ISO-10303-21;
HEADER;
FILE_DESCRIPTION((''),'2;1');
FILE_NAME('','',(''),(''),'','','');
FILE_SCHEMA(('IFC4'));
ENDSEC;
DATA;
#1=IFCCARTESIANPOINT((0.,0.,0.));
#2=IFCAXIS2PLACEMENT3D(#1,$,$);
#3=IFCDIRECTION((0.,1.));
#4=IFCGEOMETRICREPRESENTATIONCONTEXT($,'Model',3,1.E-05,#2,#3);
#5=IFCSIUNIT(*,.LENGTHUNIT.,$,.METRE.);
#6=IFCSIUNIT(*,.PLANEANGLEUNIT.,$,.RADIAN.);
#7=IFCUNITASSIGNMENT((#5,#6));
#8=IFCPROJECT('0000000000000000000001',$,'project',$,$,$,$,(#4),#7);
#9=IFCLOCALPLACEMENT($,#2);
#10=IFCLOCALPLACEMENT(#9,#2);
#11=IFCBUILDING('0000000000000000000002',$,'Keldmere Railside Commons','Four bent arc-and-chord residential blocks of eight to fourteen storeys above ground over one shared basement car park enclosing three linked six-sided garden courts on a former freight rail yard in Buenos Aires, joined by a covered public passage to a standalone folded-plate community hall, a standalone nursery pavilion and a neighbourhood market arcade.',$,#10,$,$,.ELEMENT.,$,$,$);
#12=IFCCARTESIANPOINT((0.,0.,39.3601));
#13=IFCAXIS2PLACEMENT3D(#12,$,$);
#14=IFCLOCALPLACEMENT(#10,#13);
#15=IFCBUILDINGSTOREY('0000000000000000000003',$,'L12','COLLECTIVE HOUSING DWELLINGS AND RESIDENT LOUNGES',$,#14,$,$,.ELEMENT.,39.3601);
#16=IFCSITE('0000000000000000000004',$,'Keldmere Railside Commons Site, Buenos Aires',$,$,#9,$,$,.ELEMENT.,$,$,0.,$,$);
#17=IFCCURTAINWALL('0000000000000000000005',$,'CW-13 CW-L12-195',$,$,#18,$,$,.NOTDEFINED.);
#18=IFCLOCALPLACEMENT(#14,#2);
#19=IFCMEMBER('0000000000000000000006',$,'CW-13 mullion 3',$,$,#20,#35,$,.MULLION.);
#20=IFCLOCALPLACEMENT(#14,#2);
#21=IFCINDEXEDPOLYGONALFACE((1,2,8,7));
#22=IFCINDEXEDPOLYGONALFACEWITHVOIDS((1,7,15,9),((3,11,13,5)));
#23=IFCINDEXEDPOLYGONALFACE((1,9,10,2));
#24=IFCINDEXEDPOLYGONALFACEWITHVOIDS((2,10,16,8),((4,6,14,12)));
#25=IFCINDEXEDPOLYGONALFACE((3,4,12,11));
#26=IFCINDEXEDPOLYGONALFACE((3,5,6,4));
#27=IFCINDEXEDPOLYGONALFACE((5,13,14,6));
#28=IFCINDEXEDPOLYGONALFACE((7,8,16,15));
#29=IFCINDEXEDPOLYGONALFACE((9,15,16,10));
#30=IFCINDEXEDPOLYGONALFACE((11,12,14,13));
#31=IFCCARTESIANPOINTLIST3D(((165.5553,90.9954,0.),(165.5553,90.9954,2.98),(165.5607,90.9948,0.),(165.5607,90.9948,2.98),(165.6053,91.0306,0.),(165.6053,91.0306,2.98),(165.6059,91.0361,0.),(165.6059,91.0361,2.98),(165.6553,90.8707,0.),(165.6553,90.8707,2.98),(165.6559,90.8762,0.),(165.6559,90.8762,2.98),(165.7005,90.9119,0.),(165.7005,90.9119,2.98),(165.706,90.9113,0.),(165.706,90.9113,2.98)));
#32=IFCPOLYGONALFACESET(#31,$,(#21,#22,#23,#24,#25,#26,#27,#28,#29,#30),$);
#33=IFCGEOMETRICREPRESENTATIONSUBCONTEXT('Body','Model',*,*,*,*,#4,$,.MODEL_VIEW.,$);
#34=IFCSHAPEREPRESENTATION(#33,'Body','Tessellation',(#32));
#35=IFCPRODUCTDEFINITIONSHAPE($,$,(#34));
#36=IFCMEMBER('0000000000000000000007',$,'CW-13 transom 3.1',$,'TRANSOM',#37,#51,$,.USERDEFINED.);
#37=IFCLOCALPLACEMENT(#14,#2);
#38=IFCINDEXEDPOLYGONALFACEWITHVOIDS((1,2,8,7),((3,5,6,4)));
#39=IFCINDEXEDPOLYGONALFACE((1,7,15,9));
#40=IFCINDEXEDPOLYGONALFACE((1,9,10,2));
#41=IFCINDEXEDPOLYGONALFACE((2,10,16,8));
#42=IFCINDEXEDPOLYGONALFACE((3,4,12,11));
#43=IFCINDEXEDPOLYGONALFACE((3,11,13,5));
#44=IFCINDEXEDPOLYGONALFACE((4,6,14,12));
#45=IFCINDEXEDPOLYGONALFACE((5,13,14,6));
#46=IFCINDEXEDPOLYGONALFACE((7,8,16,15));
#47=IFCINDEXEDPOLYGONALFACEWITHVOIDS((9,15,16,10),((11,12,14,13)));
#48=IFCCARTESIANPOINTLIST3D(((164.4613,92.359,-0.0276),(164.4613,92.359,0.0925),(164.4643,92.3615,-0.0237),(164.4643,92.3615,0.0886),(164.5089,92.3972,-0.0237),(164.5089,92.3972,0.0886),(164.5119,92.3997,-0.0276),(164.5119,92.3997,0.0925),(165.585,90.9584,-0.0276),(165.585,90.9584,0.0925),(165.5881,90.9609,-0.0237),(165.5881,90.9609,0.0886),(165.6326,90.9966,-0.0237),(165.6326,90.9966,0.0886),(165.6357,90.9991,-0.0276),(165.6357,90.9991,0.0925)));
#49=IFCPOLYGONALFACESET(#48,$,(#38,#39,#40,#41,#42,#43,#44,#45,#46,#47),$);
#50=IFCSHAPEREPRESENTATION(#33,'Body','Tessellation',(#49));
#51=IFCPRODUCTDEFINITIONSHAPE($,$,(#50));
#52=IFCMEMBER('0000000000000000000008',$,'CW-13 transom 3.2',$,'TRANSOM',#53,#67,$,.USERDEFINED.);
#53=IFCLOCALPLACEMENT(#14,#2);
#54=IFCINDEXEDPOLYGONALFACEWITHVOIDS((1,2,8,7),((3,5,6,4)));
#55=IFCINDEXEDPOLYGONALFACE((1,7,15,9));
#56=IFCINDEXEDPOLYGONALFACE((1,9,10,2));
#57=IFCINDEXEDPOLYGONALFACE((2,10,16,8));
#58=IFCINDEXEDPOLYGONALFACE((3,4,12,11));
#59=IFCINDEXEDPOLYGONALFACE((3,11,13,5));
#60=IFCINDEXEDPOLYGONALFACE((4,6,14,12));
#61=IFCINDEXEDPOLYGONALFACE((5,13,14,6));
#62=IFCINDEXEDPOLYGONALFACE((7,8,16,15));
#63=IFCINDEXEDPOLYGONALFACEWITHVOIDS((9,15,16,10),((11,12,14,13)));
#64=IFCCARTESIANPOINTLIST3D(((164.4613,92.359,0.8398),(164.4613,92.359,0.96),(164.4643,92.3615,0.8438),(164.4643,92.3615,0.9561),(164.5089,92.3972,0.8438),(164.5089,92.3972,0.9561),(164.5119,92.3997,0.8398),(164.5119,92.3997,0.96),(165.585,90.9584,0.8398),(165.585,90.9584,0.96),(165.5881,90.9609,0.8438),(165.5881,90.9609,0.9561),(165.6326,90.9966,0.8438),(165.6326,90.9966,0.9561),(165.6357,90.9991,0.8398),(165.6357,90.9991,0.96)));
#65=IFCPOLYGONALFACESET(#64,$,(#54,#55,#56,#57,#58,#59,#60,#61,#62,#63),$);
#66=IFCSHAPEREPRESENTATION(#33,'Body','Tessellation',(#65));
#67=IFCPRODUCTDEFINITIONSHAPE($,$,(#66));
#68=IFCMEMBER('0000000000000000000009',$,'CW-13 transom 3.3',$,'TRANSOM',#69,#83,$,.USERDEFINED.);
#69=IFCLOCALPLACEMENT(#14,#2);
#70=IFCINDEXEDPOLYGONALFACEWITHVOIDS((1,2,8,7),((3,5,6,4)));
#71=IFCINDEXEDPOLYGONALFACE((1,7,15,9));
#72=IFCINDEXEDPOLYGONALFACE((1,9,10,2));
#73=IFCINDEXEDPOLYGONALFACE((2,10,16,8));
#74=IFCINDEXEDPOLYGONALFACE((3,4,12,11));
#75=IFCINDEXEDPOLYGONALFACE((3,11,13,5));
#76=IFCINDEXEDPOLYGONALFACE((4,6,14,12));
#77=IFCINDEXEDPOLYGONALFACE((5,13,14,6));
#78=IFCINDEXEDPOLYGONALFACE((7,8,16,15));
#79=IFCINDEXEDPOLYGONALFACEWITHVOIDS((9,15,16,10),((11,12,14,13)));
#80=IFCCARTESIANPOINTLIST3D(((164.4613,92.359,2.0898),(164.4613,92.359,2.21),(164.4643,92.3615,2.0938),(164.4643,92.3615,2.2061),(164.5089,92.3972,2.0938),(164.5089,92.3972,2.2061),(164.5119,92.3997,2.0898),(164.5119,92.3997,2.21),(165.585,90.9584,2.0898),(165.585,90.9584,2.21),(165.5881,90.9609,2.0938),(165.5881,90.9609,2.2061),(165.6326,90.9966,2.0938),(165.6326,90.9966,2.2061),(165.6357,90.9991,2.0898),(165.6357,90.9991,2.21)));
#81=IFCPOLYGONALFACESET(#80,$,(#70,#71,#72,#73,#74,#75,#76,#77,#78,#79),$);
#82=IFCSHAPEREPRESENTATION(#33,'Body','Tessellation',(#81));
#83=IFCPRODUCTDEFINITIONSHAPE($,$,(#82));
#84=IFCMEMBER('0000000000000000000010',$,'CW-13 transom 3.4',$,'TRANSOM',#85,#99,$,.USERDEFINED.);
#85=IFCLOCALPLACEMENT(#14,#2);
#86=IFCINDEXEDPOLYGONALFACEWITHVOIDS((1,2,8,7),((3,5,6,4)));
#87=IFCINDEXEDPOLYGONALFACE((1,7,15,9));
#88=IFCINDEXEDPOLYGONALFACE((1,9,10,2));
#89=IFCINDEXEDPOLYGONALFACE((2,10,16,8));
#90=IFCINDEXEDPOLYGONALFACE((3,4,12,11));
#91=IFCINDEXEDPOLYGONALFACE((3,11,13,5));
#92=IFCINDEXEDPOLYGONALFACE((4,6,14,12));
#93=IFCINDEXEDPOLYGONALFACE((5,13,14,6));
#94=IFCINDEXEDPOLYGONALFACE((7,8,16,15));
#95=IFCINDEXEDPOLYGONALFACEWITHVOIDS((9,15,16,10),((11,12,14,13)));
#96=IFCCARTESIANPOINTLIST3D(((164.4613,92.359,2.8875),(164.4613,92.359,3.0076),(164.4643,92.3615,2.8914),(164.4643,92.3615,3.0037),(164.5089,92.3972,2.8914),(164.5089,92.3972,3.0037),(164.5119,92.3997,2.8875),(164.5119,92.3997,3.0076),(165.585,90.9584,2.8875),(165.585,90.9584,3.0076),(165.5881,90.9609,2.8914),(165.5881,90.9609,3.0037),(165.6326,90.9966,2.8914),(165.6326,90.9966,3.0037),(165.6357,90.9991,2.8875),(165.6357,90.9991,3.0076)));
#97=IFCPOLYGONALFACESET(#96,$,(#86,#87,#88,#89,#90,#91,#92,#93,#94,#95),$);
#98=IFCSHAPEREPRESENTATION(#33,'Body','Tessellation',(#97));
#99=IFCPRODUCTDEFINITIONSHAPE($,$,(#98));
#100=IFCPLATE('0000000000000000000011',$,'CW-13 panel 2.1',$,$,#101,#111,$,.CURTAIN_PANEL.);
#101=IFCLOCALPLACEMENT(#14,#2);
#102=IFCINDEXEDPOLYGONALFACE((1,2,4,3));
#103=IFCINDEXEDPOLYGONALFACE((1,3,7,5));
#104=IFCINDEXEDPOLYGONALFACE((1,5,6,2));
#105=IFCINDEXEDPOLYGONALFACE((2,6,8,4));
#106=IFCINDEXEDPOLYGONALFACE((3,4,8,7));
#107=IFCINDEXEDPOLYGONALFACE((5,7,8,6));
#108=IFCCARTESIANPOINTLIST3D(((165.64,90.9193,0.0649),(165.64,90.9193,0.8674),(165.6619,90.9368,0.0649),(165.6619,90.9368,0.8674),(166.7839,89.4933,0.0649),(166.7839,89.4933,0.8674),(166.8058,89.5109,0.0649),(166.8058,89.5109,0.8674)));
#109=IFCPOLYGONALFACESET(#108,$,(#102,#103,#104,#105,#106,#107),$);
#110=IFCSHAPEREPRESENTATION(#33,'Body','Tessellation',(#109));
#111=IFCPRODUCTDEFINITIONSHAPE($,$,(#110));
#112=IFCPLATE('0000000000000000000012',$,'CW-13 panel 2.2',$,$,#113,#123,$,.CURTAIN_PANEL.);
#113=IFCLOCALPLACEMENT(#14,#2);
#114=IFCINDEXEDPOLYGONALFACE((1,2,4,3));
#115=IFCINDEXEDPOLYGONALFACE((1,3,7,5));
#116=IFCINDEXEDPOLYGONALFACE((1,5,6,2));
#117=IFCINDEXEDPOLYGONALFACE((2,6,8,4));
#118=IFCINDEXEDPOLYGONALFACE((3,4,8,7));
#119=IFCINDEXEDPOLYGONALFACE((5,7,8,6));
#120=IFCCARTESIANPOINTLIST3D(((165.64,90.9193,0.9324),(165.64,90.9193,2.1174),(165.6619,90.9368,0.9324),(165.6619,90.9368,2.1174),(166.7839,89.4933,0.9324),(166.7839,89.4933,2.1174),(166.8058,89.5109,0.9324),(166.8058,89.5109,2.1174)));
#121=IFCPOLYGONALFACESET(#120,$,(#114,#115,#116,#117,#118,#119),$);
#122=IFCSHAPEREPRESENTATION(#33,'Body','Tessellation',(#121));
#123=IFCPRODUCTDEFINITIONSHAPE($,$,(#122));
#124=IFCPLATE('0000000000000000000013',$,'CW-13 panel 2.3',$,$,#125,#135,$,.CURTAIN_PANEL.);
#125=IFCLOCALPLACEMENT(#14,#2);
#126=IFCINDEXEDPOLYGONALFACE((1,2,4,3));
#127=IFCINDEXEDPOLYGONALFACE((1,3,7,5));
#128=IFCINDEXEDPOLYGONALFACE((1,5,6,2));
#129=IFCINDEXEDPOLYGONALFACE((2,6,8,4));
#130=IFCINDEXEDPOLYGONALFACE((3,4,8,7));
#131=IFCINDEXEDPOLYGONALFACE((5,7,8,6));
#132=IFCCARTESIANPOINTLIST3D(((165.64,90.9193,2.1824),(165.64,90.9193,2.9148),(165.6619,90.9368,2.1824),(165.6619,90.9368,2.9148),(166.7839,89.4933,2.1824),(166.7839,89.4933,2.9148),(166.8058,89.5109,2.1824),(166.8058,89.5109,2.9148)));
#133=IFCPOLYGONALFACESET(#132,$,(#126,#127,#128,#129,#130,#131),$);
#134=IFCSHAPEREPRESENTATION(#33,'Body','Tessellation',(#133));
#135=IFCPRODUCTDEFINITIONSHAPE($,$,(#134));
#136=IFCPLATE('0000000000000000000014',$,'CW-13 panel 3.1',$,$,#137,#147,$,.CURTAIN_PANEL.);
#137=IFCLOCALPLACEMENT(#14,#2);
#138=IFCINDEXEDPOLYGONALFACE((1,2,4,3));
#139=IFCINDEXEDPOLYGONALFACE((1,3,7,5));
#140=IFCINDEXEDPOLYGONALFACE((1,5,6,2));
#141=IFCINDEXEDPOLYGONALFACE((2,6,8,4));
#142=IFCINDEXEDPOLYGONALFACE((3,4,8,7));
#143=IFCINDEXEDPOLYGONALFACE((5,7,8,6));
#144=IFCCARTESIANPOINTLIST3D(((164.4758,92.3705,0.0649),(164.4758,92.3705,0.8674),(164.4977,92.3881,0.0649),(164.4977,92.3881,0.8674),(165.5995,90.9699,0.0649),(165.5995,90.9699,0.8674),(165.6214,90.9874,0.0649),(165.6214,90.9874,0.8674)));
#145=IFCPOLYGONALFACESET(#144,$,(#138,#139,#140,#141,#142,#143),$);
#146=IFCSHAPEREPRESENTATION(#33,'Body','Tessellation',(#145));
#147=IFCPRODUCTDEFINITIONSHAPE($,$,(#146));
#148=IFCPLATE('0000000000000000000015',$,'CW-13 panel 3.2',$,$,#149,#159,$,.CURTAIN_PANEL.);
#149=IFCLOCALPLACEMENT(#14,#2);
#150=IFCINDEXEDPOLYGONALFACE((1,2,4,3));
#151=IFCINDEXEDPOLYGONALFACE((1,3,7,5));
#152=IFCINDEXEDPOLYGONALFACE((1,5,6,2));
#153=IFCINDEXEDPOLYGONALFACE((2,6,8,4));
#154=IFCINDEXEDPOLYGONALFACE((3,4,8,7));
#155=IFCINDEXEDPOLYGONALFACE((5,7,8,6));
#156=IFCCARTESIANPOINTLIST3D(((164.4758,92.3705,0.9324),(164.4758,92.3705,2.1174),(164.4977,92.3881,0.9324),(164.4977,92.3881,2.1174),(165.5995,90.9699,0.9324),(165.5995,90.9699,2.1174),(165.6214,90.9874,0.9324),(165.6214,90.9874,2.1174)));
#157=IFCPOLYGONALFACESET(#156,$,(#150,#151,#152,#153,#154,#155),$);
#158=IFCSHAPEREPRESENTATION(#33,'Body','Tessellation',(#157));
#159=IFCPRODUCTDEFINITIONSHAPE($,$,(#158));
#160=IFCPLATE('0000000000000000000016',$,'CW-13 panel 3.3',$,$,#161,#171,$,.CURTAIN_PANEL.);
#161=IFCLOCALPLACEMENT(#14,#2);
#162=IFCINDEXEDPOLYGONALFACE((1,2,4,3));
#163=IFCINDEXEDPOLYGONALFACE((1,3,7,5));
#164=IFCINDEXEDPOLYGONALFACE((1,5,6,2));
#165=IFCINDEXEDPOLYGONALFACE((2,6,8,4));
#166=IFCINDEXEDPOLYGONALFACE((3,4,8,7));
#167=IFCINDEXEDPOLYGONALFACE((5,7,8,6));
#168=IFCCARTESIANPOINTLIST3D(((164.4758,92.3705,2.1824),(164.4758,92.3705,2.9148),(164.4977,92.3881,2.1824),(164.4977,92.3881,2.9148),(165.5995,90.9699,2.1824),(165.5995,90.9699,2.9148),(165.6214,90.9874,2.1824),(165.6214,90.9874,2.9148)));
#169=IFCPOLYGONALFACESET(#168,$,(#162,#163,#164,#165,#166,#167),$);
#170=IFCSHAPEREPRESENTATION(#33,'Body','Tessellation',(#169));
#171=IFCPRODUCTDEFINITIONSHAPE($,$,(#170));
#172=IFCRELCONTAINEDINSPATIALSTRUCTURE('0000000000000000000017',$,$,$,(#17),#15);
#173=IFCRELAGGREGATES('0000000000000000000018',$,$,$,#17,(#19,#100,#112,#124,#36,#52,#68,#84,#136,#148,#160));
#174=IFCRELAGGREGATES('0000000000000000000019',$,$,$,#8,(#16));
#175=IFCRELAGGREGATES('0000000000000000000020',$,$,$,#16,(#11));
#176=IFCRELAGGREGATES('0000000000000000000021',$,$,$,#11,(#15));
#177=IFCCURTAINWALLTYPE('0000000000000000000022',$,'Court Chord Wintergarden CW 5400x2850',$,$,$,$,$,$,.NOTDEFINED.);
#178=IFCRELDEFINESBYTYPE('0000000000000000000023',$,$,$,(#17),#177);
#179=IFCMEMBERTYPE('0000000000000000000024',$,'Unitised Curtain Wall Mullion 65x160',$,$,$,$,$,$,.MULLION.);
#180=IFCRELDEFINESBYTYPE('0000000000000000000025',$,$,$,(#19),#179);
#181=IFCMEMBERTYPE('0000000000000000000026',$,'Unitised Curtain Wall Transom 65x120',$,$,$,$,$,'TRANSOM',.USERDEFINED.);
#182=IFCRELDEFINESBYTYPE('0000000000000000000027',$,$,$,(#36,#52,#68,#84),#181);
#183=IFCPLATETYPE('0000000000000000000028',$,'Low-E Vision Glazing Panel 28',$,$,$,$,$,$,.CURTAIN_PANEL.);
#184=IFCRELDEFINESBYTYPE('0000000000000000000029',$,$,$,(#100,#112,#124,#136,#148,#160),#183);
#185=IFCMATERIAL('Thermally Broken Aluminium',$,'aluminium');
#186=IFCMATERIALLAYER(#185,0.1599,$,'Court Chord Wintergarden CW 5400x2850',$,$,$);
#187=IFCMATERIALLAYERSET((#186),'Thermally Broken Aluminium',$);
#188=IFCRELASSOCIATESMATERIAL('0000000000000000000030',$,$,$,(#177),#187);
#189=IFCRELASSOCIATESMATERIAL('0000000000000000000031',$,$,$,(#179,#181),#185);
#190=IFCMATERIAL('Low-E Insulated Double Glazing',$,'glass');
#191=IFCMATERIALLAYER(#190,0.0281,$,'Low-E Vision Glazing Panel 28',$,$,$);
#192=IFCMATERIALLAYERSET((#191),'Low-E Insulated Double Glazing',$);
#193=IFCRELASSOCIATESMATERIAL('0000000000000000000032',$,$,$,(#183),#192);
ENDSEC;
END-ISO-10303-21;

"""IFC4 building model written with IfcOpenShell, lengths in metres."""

from ifc_helpers import new_model, si_unit, direction, frame, origin, origin_2d, place, context, subcontext, project, spatial, rectangle, hollow_rectangle, extrude, material, layer, layer_set, material_profile, profile_set, type_object, element, aggregate, save


model = new_model("IFC4")

# Units and contexts
model_context = context("Model", 3, precision=1e-05, world=origin(), true_north=direction((0.0, 1.0)))
body_context = subcontext(model_context, "Body", "Model", "MODEL_VIEW")
ifc_project = project(units=[si_unit("LENGTHUNIT", "METRE"), si_unit("PLANEANGLEUNIT", "RADIAN")], contexts=[model_context])

# Site, building, storey
site_placement = place(None, origin())
site = spatial("IfcSite", under=ifc_project, at=site_placement, Name="Keldmere Railside Commons Site, Buenos Aires", CompositionType="ELEMENT", RefElevation=0.0)
building_placement = place(site_placement, origin())
building = spatial("IfcBuilding", under=site, at=building_placement, Name="Keldmere Railside Commons", Description="Four bent arc-and-chord residential blocks of eight to fourteen storeys above ground over one shared basement car park enclosing three linked six-sided garden courts on a former freight rail yard in Buenos Aires, joined by a covered public passage to a standalone folded-plate community hall, a standalone nursery pavilion and a neighbourhood market arcade.", CompositionType="ELEMENT")
storey_placement = place(building_placement, frame((0.0, 0.0, 39.3601)))
storey = spatial("IfcBuildingStorey", under=building, at=storey_placement, Name="L12", Description="COLLECTIVE HOUSING DWELLINGS AND RESIDENT LOUNGES", CompositionType="ELEMENT", Elevation=39.3601)

# Curtain wall, members, plates
ifc_material_1 = material(Name="Thermally Broken Aluminium", Category="aluminium")
ifc_layer_1 = layer(ifc_material_1, 0.1599, Name="Court Chord Wintergarden CW 5400x2850")
ifc_layer_set_1 = layer_set([ifc_layer_1], Name="Thermally Broken Aluminium")
curtain_wall_type = type_object("IfcCurtainWallType", Name="Court Chord Wintergarden CW 5400x2850", PredefinedType="NOTDEFINED", material=ifc_layer_set_1)
curtain_wall_placement = place(storey_placement, origin())
curtain_wall = element("IfcCurtainWall", 1, at=curtain_wall_placement, inside=storey, type_object=curtain_wall_type, Name="CW-13 CW-L12-195", PredefinedType="NOTDEFINED")
ifc_material_profile_1 = material_profile(ifc_material_1, hollow_rectangle(XDim=0.0649, YDim=0.1599, WallThickness=0.0039, at=origin_2d()), Name="ALU-MULL-65x160")
ifc_profile_set_1 = profile_set([ifc_material_profile_1], Name="Thermally Broken Aluminium")
member_type_1 = type_object("IfcMemberType", Name="Unitised Curtain Wall Mullion 65x160", PredefinedType="MULLION", material=ifc_profile_set_1)
member_1_placement = place(storey_placement, frame((165.6306, 90.9534, 0.0), z_axis=(0.0, 0.0, 1.0), x_axis=(-0.780009, -0.625768, 0.0)))
member_1 = element("IfcMember", 2, at=member_1_placement, type_object=member_type_1, Name="CW-13 mullion 3", PredefinedType="MULLION", context=body_context, shape_type="SweptSolid", body=[
    extrude(hollow_rectangle(XDim=0.0649, YDim=0.1599, WallThickness=0.0039, at=origin_2d()), origin(), (0.0, 0.0, 1.0), 2.98),
])
ifc_material_profile_2 = material_profile(ifc_material_1, hollow_rectangle(XDim=0.0649, YDim=0.1201, WallThickness=0.0039, at=origin_2d()), Name="ALU-TRAN-65x120")
ifc_profile_set_2 = profile_set([ifc_material_profile_2], Name="Thermally Broken Aluminium")
member_type_2 = type_object("IfcMemberType", Name="Unitised Curtain Wall Transom 65x120", ElementType="TRANSOM", PredefinedType="USERDEFINED", material=ifc_profile_set_2)
member_2_placement = place(storey_placement, frame((165.6104, 90.9788, 0.0325), z_axis=(-0.625805, 0.779979, 0.0), x_axis=(-0.779979, -0.625805, 0.0)))
member_2 = element("IfcMember", 3, at=member_2_placement, type_object=member_type_2, Name="CW-13 transom 3.1", ObjectType="TRANSOM", PredefinedType="USERDEFINED", context=body_context, shape_type="SweptSolid", body=[
    extrude(hollow_rectangle(XDim=0.0649, YDim=0.1201, WallThickness=0.0039, at=origin_2d()), origin(), (0.0, 0.0, 1.0), 1.7957),
])
member_3_placement = place(storey_placement, frame((165.6104, 90.9788, 0.8999), z_axis=(-0.625805, 0.779979, 0.0), x_axis=(-0.779979, -0.625805, 0.0)))
member_3 = element("IfcMember", 4, at=member_3_placement, type_object=member_type_2, Name="CW-13 transom 3.2", ObjectType="TRANSOM", PredefinedType="USERDEFINED", context=body_context, shape_type="SweptSolid", body=[
    extrude(hollow_rectangle(XDim=0.0649, YDim=0.1201, WallThickness=0.0039, at=origin_2d()), origin(), (0.0, 0.0, 1.0), 1.7957),
])
member_4_placement = place(storey_placement, frame((165.6104, 90.9788, 2.1499), z_axis=(-0.625805, 0.779979, 0.0), x_axis=(-0.779979, -0.625805, 0.0)))
member_4 = element("IfcMember", 5, at=member_4_placement, type_object=member_type_2, Name="CW-13 transom 3.3", ObjectType="TRANSOM", PredefinedType="USERDEFINED", context=body_context, shape_type="SweptSolid", body=[
    extrude(hollow_rectangle(XDim=0.0649, YDim=0.1201, WallThickness=0.0039, at=origin_2d()), origin(), (0.0, 0.0, 1.0), 1.7957),
])
member_5_placement = place(storey_placement, frame((165.6104, 90.9788, 2.9475), z_axis=(-0.625805, 0.779979, 0.0), x_axis=(-0.779979, -0.625805, 0.0)))
member_5 = element("IfcMember", 6, at=member_5_placement, type_object=member_type_2, Name="CW-13 transom 3.4", ObjectType="TRANSOM", PredefinedType="USERDEFINED", context=body_context, shape_type="SweptSolid", body=[
    extrude(hollow_rectangle(XDim=0.0649, YDim=0.1201, WallThickness=0.0039, at=origin_2d()), origin(), (0.0, 0.0, 1.0), 1.7957),
])
ifc_material_2 = material(Name="Low-E Insulated Double Glazing", Category="glass")
ifc_layer_2 = layer(ifc_material_2, 0.0281, Name="Low-E Vision Glazing Panel 28")
ifc_layer_set_2 = layer_set([ifc_layer_2], Name="Low-E Insulated Double Glazing")
plate_type = type_object("IfcPlateType", Name="Low-E Vision Glazing Panel 28", PredefinedType="CURTAIN_PANEL", material=ifc_layer_set_2)
plate_1_placement = place(storey_placement, frame((166.2229, 90.2151, 0.0649), z_axis=(0.0, 0.0, 1.0), x_axis=(-0.625768, 0.780009, 0.0)))
plate_1 = element("IfcPlate", 7, at=plate_1_placement, type_object=plate_type, Name="CW-13 panel 2.1", PredefinedType="CURTAIN_PANEL", context=body_context, shape_type="SweptSolid", body=[
    extrude(rectangle(XDim=1.8281, YDim=0.0281, at=origin_2d()), origin(), (0.0, 0.0, 1.0), 0.8025),
])
plate_2_placement = place(storey_placement, frame((166.2229, 90.2151, 0.9324), z_axis=(0.0, 0.0, 1.0), x_axis=(-0.625768, 0.780009, 0.0)))
plate_2 = element("IfcPlate", 8, at=plate_2_placement, type_object=plate_type, Name="CW-13 panel 2.2", PredefinedType="CURTAIN_PANEL", context=body_context, shape_type="SweptSolid", body=[
    extrude(rectangle(XDim=1.8281, YDim=0.0281, at=origin_2d()), origin(), (0.0, 0.0, 1.0), 1.1851),
])
plate_3_placement = place(storey_placement, frame((166.2229, 90.2151, 2.1824), z_axis=(0.0, 0.0, 1.0), x_axis=(-0.625768, 0.780009, 0.0)))
plate_3 = element("IfcPlate", 9, at=plate_3_placement, type_object=plate_type, Name="CW-13 panel 2.3", PredefinedType="CURTAIN_PANEL", context=body_context, shape_type="SweptSolid", body=[
    extrude(rectangle(XDim=1.8281, YDim=0.0281, at=origin_2d()), origin(), (0.0, 0.0, 1.0), 0.7324),
])
plate_4_placement = place(storey_placement, frame((165.0486, 91.679, 0.0649), z_axis=(0.0, 0.0, 1.0), x_axis=(-0.625768, 0.780009, 0.0)))
plate_4 = element("IfcPlate", 10, at=plate_4_placement, type_object=plate_type, Name="CW-13 panel 3.1", PredefinedType="CURTAIN_PANEL", context=body_context, shape_type="SweptSolid", body=[
    extrude(rectangle(XDim=1.7957, YDim=0.0281, at=origin_2d()), origin(), (0.0, 0.0, 1.0), 0.8025),
])
plate_5_placement = place(storey_placement, frame((165.0486, 91.679, 0.9324), z_axis=(0.0, 0.0, 1.0), x_axis=(-0.625768, 0.780009, 0.0)))
plate_5 = element("IfcPlate", 11, at=plate_5_placement, type_object=plate_type, Name="CW-13 panel 3.2", PredefinedType="CURTAIN_PANEL", context=body_context, shape_type="SweptSolid", body=[
    extrude(rectangle(XDim=1.7957, YDim=0.0281, at=origin_2d()), origin(), (0.0, 0.0, 1.0), 1.1851),
])
plate_6_placement = place(storey_placement, frame((165.0486, 91.679, 2.1824), z_axis=(0.0, 0.0, 1.0), x_axis=(-0.625768, 0.780009, 0.0)))
plate_6 = element("IfcPlate", 12, at=plate_6_placement, type_object=plate_type, Name="CW-13 panel 3.3", PredefinedType="CURTAIN_PANEL", context=body_context, shape_type="SweptSolid", body=[
    extrude(rectangle(XDim=1.7957, YDim=0.0281, at=origin_2d()), origin(), (0.0, 0.0, 1.0), 0.7324),
])
aggregate(curtain_wall, [member_1, plate_1, plate_2, plate_3, member_2, member_3, member_4, member_5, plate_4, plate_5, plate_6])

save(model, "model.ifc")
